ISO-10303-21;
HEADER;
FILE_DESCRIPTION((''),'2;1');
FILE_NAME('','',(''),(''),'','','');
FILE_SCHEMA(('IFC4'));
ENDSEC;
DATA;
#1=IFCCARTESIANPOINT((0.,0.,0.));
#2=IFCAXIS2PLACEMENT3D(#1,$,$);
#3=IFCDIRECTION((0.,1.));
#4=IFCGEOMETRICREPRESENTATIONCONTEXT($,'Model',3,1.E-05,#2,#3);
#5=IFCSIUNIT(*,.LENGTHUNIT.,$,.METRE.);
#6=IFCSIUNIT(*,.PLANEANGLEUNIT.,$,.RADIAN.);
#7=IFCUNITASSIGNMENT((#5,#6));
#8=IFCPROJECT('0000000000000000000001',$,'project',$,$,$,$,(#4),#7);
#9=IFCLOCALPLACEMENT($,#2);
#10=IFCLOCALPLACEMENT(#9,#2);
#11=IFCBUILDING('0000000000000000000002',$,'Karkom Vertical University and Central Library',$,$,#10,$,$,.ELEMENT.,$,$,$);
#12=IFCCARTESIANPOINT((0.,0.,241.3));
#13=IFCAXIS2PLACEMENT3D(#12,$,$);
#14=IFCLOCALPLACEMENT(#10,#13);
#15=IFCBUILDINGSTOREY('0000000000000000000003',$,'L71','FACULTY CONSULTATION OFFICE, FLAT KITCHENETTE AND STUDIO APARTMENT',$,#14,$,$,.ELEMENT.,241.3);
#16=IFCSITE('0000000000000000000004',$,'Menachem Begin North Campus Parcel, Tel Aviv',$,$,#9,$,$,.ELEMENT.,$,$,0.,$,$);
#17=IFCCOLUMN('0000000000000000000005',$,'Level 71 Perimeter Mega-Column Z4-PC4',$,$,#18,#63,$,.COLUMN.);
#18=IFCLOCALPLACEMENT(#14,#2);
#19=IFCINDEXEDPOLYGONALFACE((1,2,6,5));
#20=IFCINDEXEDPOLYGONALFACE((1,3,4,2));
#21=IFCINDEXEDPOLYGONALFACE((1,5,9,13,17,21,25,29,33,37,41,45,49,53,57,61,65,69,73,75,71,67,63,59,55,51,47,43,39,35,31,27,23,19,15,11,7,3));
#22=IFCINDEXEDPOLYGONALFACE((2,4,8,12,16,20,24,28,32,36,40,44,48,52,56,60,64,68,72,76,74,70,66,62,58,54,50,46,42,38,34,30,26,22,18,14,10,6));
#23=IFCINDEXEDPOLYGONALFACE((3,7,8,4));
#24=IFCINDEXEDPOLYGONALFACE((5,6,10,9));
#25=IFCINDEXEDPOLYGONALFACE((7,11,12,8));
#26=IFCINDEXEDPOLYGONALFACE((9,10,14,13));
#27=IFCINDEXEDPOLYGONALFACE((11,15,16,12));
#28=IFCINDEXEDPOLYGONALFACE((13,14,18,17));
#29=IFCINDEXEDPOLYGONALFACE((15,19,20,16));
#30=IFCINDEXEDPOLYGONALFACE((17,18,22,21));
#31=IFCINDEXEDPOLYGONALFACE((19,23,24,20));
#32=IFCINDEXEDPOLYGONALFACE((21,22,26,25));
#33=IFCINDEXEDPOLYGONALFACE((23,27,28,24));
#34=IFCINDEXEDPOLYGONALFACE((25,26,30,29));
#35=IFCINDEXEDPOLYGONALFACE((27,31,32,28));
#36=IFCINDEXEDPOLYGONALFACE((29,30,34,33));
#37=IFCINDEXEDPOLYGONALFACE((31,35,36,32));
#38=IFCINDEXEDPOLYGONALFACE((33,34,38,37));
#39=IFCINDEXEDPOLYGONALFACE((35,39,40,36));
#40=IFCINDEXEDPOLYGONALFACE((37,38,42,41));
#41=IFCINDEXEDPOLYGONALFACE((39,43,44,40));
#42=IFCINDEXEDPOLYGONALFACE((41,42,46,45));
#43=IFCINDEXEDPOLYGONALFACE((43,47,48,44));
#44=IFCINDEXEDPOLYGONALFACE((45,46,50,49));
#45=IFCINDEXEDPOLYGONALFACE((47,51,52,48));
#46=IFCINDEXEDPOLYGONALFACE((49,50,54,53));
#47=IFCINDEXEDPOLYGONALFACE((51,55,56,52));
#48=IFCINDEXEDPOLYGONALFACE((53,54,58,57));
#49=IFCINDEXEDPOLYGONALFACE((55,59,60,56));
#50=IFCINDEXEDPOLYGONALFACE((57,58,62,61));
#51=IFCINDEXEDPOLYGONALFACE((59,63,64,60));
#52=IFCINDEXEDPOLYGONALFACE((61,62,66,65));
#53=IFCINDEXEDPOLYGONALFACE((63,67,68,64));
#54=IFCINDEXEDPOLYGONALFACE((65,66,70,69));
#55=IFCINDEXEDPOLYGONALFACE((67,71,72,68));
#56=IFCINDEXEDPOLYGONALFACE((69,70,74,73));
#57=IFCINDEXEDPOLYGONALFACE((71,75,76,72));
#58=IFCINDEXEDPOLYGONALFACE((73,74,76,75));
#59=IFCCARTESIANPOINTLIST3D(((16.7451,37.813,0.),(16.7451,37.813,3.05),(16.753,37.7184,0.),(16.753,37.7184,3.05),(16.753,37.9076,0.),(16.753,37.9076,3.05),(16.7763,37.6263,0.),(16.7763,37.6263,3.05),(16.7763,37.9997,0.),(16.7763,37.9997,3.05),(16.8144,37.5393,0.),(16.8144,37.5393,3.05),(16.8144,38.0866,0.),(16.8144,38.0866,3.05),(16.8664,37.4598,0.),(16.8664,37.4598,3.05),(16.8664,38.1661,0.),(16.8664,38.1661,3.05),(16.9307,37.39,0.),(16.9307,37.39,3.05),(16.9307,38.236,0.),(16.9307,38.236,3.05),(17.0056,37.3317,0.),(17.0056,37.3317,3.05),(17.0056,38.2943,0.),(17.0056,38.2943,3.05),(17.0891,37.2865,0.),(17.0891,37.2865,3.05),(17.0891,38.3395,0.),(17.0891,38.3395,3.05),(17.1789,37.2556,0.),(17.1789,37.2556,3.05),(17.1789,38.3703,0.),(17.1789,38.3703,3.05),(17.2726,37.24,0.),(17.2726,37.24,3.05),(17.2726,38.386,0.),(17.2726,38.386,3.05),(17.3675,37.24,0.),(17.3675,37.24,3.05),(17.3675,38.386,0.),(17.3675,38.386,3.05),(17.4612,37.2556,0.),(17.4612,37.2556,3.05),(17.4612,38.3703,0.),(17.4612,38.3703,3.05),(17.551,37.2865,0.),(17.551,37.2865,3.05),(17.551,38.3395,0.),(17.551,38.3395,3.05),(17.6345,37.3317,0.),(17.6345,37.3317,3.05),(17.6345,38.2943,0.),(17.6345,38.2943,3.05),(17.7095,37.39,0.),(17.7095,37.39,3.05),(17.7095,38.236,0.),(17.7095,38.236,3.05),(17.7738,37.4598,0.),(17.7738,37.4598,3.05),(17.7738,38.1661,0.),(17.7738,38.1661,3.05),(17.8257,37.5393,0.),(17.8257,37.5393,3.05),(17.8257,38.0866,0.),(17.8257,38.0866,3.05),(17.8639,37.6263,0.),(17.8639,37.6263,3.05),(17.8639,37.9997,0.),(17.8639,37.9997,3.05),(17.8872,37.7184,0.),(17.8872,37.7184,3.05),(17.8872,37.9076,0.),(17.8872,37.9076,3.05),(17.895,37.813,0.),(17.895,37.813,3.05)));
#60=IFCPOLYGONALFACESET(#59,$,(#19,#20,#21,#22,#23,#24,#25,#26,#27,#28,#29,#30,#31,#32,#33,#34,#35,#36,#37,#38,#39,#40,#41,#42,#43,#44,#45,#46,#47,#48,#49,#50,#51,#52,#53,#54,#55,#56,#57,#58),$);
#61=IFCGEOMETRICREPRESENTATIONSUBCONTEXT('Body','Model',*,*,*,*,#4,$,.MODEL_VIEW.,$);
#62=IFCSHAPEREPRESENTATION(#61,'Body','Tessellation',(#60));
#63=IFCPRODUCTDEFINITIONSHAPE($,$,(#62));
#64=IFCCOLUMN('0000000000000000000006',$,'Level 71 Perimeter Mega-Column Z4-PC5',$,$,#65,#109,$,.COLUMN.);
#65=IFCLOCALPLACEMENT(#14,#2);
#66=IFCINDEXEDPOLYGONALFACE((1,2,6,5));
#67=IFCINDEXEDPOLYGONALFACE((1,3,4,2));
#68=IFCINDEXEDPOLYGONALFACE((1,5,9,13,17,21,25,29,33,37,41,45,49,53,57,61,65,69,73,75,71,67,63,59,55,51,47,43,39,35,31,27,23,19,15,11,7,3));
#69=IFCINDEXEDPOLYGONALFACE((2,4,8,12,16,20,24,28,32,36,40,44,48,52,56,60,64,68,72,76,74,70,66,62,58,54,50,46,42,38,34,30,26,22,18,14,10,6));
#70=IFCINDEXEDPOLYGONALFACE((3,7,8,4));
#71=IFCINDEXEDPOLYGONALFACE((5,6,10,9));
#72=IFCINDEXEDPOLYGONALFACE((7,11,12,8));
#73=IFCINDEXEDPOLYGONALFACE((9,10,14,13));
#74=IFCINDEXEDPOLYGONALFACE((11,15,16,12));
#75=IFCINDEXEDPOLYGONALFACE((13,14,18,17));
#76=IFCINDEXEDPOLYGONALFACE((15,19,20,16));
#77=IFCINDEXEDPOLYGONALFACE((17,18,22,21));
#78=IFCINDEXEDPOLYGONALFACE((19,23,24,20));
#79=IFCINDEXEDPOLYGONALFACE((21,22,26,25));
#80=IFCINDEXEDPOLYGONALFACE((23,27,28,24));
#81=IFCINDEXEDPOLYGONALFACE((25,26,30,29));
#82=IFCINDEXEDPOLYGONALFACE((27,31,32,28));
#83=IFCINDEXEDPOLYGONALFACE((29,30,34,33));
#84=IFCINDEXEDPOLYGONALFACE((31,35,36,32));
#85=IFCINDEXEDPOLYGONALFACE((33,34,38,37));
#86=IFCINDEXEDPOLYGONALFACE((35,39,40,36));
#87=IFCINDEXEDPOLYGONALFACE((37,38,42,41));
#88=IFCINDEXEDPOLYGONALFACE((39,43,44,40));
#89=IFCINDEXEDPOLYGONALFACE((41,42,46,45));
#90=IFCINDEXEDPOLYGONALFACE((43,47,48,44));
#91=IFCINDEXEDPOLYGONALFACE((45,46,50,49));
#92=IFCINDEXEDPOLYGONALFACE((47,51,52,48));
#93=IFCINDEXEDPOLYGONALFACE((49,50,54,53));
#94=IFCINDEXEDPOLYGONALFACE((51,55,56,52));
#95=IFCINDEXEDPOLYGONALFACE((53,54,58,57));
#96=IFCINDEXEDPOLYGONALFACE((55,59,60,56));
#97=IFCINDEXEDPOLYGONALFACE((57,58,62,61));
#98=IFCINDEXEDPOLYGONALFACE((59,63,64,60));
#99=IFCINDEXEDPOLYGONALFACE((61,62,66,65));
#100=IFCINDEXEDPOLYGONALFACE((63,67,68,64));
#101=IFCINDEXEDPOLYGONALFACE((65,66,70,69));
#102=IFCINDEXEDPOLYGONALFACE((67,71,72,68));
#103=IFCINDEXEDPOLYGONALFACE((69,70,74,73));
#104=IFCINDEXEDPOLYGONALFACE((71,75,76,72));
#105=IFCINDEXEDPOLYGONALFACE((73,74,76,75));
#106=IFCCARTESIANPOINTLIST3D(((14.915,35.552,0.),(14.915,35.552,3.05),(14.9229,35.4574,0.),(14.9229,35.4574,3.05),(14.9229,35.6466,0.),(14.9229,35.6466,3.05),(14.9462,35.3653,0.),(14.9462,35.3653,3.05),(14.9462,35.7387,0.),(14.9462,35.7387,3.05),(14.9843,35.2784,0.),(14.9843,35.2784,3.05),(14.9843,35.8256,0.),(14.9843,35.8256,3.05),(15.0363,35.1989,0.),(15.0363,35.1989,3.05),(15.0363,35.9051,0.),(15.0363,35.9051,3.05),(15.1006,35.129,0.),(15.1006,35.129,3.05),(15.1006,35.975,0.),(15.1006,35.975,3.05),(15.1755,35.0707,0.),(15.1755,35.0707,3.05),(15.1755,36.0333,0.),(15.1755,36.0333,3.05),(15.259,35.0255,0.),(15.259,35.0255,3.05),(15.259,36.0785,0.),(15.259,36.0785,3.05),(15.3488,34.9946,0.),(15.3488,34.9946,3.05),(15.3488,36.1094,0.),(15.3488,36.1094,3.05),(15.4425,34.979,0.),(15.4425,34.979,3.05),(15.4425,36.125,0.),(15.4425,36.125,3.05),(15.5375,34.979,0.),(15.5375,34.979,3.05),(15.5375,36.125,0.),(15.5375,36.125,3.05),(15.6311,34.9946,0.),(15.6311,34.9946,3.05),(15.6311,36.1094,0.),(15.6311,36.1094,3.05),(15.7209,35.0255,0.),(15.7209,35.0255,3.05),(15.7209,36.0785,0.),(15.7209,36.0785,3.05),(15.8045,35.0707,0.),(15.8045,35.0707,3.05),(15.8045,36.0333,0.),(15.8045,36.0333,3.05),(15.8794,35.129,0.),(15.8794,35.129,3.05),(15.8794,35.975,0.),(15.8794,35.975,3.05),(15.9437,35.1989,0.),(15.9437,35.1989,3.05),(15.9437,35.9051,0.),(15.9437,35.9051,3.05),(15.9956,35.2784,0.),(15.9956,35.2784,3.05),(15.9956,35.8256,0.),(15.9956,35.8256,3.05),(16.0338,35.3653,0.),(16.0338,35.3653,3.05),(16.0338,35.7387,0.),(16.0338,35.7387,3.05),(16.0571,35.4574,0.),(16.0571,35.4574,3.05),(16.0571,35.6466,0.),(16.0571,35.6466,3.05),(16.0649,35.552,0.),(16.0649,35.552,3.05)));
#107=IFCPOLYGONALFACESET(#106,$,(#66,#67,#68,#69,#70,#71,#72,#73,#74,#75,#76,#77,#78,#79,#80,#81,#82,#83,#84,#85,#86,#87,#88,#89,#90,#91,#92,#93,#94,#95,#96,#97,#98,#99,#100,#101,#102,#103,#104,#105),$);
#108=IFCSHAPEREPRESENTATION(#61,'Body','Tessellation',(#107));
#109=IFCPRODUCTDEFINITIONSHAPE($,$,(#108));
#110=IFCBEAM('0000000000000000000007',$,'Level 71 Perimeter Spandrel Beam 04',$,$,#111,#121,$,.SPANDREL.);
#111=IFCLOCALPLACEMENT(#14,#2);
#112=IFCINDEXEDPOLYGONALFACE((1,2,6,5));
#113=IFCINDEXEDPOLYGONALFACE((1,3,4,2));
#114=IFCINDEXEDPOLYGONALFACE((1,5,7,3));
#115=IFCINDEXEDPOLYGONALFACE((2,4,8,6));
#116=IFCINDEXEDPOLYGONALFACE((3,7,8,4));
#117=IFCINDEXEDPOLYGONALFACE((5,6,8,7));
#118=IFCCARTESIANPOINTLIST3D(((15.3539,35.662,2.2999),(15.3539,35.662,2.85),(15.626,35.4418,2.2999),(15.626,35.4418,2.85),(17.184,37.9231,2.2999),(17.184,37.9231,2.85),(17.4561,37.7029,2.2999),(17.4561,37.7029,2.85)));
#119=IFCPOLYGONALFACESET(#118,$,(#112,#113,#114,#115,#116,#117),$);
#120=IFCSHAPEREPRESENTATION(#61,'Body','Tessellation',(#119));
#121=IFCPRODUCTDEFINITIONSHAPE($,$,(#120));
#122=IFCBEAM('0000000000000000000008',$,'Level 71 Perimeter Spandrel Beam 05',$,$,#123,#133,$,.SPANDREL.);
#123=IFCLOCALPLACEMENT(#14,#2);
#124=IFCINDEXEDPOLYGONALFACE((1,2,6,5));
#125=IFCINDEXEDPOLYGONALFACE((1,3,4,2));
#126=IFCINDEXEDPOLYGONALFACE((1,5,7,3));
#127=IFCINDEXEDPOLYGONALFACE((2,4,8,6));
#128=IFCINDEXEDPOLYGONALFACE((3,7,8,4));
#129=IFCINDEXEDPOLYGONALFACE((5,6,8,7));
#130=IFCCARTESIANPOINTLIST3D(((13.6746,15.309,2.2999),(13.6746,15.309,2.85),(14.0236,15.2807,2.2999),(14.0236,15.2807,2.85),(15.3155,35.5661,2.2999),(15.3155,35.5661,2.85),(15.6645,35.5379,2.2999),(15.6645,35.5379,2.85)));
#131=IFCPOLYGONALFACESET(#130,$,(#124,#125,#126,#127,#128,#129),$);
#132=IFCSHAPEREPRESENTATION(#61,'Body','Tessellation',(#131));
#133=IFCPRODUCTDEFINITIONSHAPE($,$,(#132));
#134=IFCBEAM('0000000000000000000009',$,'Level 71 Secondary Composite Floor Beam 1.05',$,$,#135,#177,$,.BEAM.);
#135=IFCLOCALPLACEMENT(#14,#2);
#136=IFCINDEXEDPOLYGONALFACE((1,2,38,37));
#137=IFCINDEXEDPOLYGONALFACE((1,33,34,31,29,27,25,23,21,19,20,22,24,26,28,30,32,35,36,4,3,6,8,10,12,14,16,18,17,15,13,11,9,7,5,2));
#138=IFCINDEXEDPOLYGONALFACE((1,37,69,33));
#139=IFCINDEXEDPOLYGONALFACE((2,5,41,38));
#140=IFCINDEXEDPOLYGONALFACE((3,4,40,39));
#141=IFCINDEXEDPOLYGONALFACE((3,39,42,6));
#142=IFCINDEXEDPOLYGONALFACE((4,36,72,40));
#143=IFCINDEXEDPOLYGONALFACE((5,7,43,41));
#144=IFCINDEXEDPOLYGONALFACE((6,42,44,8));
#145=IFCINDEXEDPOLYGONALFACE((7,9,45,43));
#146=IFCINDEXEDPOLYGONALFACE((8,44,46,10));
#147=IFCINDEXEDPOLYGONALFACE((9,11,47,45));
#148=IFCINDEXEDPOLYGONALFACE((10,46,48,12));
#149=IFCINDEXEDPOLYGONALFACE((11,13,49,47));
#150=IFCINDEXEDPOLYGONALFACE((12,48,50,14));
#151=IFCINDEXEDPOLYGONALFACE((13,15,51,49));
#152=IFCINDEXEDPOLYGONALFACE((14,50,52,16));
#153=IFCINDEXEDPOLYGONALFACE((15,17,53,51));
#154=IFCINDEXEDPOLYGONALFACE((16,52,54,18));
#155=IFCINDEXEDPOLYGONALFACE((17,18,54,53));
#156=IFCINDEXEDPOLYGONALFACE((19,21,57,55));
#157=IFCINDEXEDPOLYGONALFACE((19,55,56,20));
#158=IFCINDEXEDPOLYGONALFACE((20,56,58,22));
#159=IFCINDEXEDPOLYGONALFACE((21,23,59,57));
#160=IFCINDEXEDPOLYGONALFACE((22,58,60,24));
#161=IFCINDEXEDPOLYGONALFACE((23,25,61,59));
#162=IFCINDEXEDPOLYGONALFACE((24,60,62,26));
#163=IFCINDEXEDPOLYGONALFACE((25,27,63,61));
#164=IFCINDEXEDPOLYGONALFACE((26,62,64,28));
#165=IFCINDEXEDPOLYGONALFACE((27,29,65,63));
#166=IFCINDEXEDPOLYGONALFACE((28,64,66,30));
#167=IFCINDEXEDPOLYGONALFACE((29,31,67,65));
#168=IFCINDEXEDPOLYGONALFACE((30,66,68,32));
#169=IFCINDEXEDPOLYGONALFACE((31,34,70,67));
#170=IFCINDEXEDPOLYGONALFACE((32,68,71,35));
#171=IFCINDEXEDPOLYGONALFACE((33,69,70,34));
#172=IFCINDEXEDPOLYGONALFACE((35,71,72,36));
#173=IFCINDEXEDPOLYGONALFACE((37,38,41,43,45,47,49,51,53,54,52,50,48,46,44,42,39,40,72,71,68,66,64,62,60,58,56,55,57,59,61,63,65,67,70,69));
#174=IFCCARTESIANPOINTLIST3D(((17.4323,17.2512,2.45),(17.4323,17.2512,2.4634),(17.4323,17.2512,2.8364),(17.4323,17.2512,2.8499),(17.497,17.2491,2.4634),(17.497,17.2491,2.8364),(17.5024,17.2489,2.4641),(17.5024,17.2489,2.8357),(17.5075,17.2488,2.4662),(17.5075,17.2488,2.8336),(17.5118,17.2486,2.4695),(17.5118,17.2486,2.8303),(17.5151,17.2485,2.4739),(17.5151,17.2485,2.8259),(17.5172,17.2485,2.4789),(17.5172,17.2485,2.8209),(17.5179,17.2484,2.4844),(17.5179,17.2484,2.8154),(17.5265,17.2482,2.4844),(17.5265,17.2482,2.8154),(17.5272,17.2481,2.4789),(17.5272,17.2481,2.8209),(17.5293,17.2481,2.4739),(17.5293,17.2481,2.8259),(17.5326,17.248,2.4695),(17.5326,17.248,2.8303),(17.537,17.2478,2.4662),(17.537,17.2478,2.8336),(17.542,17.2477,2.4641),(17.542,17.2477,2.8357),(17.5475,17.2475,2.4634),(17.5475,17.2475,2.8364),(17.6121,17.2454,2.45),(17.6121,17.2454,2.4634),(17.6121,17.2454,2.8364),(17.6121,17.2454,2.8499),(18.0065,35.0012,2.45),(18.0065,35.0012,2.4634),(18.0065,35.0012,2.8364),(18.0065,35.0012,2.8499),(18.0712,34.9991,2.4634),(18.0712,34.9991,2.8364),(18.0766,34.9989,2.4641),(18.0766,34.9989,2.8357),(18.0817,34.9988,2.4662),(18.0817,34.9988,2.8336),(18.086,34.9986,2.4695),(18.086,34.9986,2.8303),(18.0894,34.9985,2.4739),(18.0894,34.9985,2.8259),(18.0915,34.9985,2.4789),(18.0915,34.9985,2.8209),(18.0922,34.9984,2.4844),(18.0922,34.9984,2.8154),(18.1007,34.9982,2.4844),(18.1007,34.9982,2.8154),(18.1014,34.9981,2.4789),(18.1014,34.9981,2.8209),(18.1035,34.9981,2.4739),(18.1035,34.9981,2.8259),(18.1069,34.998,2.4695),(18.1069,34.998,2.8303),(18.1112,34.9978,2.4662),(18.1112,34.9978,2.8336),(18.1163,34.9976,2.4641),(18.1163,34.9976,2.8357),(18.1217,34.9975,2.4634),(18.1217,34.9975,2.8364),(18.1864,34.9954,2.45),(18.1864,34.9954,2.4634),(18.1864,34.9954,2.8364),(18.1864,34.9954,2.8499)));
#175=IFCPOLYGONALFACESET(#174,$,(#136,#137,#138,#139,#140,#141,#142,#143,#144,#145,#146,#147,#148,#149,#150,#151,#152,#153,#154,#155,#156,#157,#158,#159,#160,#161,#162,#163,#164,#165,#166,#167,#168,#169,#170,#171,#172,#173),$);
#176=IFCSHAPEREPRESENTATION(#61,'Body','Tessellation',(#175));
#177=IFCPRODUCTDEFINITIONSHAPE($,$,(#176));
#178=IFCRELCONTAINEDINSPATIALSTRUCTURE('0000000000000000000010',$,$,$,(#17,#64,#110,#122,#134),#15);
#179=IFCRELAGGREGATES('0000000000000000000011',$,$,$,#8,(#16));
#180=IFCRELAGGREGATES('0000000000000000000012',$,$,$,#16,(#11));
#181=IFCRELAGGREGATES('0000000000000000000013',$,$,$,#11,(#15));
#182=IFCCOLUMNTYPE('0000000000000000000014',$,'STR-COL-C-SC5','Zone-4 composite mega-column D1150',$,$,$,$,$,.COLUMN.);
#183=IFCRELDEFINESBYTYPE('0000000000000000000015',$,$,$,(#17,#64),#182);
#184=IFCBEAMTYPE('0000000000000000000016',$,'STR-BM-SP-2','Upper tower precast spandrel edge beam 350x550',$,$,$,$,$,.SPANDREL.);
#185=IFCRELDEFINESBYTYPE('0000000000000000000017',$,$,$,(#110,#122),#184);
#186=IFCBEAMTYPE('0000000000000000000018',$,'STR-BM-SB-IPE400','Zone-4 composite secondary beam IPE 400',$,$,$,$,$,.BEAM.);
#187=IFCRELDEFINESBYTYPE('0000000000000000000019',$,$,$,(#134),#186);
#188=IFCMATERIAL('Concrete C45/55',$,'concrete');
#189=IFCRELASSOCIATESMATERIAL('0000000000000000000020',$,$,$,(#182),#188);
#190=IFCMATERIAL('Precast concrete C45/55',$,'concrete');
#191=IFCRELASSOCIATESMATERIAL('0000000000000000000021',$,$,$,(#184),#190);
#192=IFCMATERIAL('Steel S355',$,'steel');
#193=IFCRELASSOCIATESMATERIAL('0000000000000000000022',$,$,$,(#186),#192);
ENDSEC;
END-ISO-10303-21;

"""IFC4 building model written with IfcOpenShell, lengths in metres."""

from ifc_helpers import new_model, si_unit, direction, frame, origin, origin_with_axes, origin_2d, place, context, subcontext, project, spatial, rectangle, circle, i_section, extrude, source, transform, mapped, material, material_profile, profile_set, type_object, element, save


model = new_model("IFC4")

# Units and contexts
model_context = context("Model", 3, precision=1e-05, world=origin(), true_north=direction((0.0, 1.0)))
body_context = subcontext(model_context, "Body", "Model", "MODEL_VIEW")
ifc_project = project(units=[si_unit("LENGTHUNIT", "METRE"), si_unit("PLANEANGLEUNIT", "RADIAN")], contexts=[model_context])

# Site, building, storey
site_placement = place(None, origin())
site = spatial("IfcSite", under=ifc_project, at=site_placement, Name="Menachem Begin North Campus Parcel, Tel Aviv", CompositionType="ELEMENT", RefElevation=0.0)
building_placement = place(site_placement, origin())
building = spatial("IfcBuilding", under=site, at=building_placement, Name="Karkom Vertical University and Central Library", CompositionType="ELEMENT")
storey_placement = place(building_placement, frame((0.0, 0.0, 241.3)))
storey = spatial("IfcBuildingStorey", under=building, at=storey_placement, Name="L71", Description="FACULTY CONSULTATION OFFICE, FLAT KITCHENETTE AND STUDIO APARTMENT", CompositionType="ELEMENT", Elevation=241.3)

# Columns
ifc_material_1 = material(Name="Concrete C45/55", Category="concrete")
ifc_material_profile_1 = material_profile(ifc_material_1, circle(Radius=0.575, at=origin_2d()), Name="CFT-D1150")
ifc_profile_set_1 = profile_set([ifc_material_profile_1], Name="Concrete C45/55")
column_type = type_object("IfcColumnType", Name="STR-COL-C-SC5", Description="Zone-4 composite mega-column D1150", PredefinedType="COLUMN", material=ifc_profile_set_1)
shared_shape_1 = source(origin_with_axes(), body_context, "Body", "SweptSolid", [
    extrude(circle(Radius=0.575, at=origin_2d()), origin(), (0.0, 0.0, 1.0), 3.05),
])
for number, where, z_axis, x_axis, name in (
    (1, (17.3201, 37.813, 0.0), (0.0, 0.0, 1.0), (1.0, 0.0, 0.0), "Level 71 Perimeter Mega-Column Z4-PC4"),
    (2, (15.49, 35.552, 0.0), (0.0, 0.0, 1.0), (1.0, 0.0, 0.0), "Level 71 Perimeter Mega-Column Z4-PC5"),
):
    element("IfcColumn", number, at=place(storey_placement, frame(where, z_axis=z_axis, x_axis=x_axis)), inside=storey, type_object=column_type, Name=name, PredefinedType="COLUMN", context=body_context, shape_type="MappedRepresentation", body=[
        mapped(shared_shape_1, transform((0.0, 0.0, 0.0), scale=1.0)),
    ])

# Beams
ifc_material_2 = material(Name="Precast concrete C45/55", Category="concrete")
ifc_material_profile_2 = material_profile(ifc_material_2, rectangle(XDim=0.3501, YDim=0.55, at=origin_2d()), Name="SPB-350x550")
ifc_profile_set_2 = profile_set([ifc_material_profile_2], Name="Precast concrete C45/55")
beam_type_1 = type_object("IfcBeamType", Name="STR-BM-SP-2", Description="Upper tower precast spandrel edge beam 350x550", PredefinedType="SPANDREL", material=ifc_profile_set_2)
shared_shape_2 = source(origin_with_axes(), body_context, "Body", "SweptSolid", [
    extrude(rectangle(XDim=0.3501, YDim=0.55, at=origin_2d()), origin(), (0.0, 0.0, 1.0), 2.9089),
])
beam_1_placement = place(storey_placement, frame((17.3201, 37.813, 2.575), z_axis=(-0.629148, -0.777286, 0.0), x_axis=(0.777286, -0.629148, 0.0)))
element("IfcBeam", 3, at=beam_1_placement, inside=storey, type_object=beam_type_1, Name="Level 71 Perimeter Spandrel Beam 04", PredefinedType="SPANDREL", context=body_context, shape_type="MappedRepresentation", body=[
    mapped(shared_shape_2, transform((0.0, 0.0, 0.0), scale=1.0)),
])
shared_shape_3 = source(origin_with_axes(), body_context, "Body", "SweptSolid", [
    extrude(rectangle(XDim=0.3501, YDim=0.55, at=origin_2d()), origin(), (0.0, 0.0, 1.0), 20.3235),
])
beam_2_placement = place(storey_placement, frame((15.49, 35.552, 2.575), z_axis=(-0.080738, -0.996735, 0.0), x_axis=(0.996735, -0.080738, 0.0)))
element("IfcBeam", 4, at=beam_2_placement, inside=storey, type_object=beam_type_1, Name="Level 71 Perimeter Spandrel Beam 05", PredefinedType="SPANDREL", context=body_context, shape_type="MappedRepresentation", body=[
    mapped(shared_shape_3, transform((0.0, 0.0, 0.0), scale=1.0)),
])
ifc_material_3 = material(Name="Steel S355", Category="steel")
ifc_material_profile_3 = material_profile(ifc_material_3, i_section(OverallWidth=0.1799, OverallDepth=0.3999, WebThickness=0.0085, FlangeThickness=0.0134, FilletRadius=0.021, at=origin_2d()), Name="IPE 400")
ifc_profile_set_3 = profile_set([ifc_material_profile_3], Name="Steel S355")
beam_type_2 = type_object("IfcBeamType", Name="STR-BM-SB-IPE400", Description="Zone-4 composite secondary beam IPE 400", PredefinedType="BEAM", material=ifc_profile_set_3)
shared_shape_4 = source(origin_with_axes(), body_context, "Body", "SweptSolid", [
    extrude(i_section(OverallWidth=0.1799, OverallDepth=0.3999, WebThickness=0.0085, FlangeThickness=0.0134, FilletRadius=0.021, at=origin_2d()), origin(), (0.0, 0.0, 1.0), 17.7593),
])
beam_3_placement = place(storey_placement, frame((18.0964, 34.9983, 2.6499), z_axis=(-0.032333, -0.999477, 0.0), x_axis=(0.999477, -0.032333, 0.0)))
element("IfcBeam", 5, at=beam_3_placement, inside=storey, type_object=beam_type_2, Name="Level 71 Secondary Composite Floor Beam 1.05", PredefinedType="BEAM", context=body_context, shape_type="MappedRepresentation", body=[
    mapped(shared_shape_4, transform((0.0, 0.0, 0.0), scale=1.0)),
])

save(model, "model.ifc")
